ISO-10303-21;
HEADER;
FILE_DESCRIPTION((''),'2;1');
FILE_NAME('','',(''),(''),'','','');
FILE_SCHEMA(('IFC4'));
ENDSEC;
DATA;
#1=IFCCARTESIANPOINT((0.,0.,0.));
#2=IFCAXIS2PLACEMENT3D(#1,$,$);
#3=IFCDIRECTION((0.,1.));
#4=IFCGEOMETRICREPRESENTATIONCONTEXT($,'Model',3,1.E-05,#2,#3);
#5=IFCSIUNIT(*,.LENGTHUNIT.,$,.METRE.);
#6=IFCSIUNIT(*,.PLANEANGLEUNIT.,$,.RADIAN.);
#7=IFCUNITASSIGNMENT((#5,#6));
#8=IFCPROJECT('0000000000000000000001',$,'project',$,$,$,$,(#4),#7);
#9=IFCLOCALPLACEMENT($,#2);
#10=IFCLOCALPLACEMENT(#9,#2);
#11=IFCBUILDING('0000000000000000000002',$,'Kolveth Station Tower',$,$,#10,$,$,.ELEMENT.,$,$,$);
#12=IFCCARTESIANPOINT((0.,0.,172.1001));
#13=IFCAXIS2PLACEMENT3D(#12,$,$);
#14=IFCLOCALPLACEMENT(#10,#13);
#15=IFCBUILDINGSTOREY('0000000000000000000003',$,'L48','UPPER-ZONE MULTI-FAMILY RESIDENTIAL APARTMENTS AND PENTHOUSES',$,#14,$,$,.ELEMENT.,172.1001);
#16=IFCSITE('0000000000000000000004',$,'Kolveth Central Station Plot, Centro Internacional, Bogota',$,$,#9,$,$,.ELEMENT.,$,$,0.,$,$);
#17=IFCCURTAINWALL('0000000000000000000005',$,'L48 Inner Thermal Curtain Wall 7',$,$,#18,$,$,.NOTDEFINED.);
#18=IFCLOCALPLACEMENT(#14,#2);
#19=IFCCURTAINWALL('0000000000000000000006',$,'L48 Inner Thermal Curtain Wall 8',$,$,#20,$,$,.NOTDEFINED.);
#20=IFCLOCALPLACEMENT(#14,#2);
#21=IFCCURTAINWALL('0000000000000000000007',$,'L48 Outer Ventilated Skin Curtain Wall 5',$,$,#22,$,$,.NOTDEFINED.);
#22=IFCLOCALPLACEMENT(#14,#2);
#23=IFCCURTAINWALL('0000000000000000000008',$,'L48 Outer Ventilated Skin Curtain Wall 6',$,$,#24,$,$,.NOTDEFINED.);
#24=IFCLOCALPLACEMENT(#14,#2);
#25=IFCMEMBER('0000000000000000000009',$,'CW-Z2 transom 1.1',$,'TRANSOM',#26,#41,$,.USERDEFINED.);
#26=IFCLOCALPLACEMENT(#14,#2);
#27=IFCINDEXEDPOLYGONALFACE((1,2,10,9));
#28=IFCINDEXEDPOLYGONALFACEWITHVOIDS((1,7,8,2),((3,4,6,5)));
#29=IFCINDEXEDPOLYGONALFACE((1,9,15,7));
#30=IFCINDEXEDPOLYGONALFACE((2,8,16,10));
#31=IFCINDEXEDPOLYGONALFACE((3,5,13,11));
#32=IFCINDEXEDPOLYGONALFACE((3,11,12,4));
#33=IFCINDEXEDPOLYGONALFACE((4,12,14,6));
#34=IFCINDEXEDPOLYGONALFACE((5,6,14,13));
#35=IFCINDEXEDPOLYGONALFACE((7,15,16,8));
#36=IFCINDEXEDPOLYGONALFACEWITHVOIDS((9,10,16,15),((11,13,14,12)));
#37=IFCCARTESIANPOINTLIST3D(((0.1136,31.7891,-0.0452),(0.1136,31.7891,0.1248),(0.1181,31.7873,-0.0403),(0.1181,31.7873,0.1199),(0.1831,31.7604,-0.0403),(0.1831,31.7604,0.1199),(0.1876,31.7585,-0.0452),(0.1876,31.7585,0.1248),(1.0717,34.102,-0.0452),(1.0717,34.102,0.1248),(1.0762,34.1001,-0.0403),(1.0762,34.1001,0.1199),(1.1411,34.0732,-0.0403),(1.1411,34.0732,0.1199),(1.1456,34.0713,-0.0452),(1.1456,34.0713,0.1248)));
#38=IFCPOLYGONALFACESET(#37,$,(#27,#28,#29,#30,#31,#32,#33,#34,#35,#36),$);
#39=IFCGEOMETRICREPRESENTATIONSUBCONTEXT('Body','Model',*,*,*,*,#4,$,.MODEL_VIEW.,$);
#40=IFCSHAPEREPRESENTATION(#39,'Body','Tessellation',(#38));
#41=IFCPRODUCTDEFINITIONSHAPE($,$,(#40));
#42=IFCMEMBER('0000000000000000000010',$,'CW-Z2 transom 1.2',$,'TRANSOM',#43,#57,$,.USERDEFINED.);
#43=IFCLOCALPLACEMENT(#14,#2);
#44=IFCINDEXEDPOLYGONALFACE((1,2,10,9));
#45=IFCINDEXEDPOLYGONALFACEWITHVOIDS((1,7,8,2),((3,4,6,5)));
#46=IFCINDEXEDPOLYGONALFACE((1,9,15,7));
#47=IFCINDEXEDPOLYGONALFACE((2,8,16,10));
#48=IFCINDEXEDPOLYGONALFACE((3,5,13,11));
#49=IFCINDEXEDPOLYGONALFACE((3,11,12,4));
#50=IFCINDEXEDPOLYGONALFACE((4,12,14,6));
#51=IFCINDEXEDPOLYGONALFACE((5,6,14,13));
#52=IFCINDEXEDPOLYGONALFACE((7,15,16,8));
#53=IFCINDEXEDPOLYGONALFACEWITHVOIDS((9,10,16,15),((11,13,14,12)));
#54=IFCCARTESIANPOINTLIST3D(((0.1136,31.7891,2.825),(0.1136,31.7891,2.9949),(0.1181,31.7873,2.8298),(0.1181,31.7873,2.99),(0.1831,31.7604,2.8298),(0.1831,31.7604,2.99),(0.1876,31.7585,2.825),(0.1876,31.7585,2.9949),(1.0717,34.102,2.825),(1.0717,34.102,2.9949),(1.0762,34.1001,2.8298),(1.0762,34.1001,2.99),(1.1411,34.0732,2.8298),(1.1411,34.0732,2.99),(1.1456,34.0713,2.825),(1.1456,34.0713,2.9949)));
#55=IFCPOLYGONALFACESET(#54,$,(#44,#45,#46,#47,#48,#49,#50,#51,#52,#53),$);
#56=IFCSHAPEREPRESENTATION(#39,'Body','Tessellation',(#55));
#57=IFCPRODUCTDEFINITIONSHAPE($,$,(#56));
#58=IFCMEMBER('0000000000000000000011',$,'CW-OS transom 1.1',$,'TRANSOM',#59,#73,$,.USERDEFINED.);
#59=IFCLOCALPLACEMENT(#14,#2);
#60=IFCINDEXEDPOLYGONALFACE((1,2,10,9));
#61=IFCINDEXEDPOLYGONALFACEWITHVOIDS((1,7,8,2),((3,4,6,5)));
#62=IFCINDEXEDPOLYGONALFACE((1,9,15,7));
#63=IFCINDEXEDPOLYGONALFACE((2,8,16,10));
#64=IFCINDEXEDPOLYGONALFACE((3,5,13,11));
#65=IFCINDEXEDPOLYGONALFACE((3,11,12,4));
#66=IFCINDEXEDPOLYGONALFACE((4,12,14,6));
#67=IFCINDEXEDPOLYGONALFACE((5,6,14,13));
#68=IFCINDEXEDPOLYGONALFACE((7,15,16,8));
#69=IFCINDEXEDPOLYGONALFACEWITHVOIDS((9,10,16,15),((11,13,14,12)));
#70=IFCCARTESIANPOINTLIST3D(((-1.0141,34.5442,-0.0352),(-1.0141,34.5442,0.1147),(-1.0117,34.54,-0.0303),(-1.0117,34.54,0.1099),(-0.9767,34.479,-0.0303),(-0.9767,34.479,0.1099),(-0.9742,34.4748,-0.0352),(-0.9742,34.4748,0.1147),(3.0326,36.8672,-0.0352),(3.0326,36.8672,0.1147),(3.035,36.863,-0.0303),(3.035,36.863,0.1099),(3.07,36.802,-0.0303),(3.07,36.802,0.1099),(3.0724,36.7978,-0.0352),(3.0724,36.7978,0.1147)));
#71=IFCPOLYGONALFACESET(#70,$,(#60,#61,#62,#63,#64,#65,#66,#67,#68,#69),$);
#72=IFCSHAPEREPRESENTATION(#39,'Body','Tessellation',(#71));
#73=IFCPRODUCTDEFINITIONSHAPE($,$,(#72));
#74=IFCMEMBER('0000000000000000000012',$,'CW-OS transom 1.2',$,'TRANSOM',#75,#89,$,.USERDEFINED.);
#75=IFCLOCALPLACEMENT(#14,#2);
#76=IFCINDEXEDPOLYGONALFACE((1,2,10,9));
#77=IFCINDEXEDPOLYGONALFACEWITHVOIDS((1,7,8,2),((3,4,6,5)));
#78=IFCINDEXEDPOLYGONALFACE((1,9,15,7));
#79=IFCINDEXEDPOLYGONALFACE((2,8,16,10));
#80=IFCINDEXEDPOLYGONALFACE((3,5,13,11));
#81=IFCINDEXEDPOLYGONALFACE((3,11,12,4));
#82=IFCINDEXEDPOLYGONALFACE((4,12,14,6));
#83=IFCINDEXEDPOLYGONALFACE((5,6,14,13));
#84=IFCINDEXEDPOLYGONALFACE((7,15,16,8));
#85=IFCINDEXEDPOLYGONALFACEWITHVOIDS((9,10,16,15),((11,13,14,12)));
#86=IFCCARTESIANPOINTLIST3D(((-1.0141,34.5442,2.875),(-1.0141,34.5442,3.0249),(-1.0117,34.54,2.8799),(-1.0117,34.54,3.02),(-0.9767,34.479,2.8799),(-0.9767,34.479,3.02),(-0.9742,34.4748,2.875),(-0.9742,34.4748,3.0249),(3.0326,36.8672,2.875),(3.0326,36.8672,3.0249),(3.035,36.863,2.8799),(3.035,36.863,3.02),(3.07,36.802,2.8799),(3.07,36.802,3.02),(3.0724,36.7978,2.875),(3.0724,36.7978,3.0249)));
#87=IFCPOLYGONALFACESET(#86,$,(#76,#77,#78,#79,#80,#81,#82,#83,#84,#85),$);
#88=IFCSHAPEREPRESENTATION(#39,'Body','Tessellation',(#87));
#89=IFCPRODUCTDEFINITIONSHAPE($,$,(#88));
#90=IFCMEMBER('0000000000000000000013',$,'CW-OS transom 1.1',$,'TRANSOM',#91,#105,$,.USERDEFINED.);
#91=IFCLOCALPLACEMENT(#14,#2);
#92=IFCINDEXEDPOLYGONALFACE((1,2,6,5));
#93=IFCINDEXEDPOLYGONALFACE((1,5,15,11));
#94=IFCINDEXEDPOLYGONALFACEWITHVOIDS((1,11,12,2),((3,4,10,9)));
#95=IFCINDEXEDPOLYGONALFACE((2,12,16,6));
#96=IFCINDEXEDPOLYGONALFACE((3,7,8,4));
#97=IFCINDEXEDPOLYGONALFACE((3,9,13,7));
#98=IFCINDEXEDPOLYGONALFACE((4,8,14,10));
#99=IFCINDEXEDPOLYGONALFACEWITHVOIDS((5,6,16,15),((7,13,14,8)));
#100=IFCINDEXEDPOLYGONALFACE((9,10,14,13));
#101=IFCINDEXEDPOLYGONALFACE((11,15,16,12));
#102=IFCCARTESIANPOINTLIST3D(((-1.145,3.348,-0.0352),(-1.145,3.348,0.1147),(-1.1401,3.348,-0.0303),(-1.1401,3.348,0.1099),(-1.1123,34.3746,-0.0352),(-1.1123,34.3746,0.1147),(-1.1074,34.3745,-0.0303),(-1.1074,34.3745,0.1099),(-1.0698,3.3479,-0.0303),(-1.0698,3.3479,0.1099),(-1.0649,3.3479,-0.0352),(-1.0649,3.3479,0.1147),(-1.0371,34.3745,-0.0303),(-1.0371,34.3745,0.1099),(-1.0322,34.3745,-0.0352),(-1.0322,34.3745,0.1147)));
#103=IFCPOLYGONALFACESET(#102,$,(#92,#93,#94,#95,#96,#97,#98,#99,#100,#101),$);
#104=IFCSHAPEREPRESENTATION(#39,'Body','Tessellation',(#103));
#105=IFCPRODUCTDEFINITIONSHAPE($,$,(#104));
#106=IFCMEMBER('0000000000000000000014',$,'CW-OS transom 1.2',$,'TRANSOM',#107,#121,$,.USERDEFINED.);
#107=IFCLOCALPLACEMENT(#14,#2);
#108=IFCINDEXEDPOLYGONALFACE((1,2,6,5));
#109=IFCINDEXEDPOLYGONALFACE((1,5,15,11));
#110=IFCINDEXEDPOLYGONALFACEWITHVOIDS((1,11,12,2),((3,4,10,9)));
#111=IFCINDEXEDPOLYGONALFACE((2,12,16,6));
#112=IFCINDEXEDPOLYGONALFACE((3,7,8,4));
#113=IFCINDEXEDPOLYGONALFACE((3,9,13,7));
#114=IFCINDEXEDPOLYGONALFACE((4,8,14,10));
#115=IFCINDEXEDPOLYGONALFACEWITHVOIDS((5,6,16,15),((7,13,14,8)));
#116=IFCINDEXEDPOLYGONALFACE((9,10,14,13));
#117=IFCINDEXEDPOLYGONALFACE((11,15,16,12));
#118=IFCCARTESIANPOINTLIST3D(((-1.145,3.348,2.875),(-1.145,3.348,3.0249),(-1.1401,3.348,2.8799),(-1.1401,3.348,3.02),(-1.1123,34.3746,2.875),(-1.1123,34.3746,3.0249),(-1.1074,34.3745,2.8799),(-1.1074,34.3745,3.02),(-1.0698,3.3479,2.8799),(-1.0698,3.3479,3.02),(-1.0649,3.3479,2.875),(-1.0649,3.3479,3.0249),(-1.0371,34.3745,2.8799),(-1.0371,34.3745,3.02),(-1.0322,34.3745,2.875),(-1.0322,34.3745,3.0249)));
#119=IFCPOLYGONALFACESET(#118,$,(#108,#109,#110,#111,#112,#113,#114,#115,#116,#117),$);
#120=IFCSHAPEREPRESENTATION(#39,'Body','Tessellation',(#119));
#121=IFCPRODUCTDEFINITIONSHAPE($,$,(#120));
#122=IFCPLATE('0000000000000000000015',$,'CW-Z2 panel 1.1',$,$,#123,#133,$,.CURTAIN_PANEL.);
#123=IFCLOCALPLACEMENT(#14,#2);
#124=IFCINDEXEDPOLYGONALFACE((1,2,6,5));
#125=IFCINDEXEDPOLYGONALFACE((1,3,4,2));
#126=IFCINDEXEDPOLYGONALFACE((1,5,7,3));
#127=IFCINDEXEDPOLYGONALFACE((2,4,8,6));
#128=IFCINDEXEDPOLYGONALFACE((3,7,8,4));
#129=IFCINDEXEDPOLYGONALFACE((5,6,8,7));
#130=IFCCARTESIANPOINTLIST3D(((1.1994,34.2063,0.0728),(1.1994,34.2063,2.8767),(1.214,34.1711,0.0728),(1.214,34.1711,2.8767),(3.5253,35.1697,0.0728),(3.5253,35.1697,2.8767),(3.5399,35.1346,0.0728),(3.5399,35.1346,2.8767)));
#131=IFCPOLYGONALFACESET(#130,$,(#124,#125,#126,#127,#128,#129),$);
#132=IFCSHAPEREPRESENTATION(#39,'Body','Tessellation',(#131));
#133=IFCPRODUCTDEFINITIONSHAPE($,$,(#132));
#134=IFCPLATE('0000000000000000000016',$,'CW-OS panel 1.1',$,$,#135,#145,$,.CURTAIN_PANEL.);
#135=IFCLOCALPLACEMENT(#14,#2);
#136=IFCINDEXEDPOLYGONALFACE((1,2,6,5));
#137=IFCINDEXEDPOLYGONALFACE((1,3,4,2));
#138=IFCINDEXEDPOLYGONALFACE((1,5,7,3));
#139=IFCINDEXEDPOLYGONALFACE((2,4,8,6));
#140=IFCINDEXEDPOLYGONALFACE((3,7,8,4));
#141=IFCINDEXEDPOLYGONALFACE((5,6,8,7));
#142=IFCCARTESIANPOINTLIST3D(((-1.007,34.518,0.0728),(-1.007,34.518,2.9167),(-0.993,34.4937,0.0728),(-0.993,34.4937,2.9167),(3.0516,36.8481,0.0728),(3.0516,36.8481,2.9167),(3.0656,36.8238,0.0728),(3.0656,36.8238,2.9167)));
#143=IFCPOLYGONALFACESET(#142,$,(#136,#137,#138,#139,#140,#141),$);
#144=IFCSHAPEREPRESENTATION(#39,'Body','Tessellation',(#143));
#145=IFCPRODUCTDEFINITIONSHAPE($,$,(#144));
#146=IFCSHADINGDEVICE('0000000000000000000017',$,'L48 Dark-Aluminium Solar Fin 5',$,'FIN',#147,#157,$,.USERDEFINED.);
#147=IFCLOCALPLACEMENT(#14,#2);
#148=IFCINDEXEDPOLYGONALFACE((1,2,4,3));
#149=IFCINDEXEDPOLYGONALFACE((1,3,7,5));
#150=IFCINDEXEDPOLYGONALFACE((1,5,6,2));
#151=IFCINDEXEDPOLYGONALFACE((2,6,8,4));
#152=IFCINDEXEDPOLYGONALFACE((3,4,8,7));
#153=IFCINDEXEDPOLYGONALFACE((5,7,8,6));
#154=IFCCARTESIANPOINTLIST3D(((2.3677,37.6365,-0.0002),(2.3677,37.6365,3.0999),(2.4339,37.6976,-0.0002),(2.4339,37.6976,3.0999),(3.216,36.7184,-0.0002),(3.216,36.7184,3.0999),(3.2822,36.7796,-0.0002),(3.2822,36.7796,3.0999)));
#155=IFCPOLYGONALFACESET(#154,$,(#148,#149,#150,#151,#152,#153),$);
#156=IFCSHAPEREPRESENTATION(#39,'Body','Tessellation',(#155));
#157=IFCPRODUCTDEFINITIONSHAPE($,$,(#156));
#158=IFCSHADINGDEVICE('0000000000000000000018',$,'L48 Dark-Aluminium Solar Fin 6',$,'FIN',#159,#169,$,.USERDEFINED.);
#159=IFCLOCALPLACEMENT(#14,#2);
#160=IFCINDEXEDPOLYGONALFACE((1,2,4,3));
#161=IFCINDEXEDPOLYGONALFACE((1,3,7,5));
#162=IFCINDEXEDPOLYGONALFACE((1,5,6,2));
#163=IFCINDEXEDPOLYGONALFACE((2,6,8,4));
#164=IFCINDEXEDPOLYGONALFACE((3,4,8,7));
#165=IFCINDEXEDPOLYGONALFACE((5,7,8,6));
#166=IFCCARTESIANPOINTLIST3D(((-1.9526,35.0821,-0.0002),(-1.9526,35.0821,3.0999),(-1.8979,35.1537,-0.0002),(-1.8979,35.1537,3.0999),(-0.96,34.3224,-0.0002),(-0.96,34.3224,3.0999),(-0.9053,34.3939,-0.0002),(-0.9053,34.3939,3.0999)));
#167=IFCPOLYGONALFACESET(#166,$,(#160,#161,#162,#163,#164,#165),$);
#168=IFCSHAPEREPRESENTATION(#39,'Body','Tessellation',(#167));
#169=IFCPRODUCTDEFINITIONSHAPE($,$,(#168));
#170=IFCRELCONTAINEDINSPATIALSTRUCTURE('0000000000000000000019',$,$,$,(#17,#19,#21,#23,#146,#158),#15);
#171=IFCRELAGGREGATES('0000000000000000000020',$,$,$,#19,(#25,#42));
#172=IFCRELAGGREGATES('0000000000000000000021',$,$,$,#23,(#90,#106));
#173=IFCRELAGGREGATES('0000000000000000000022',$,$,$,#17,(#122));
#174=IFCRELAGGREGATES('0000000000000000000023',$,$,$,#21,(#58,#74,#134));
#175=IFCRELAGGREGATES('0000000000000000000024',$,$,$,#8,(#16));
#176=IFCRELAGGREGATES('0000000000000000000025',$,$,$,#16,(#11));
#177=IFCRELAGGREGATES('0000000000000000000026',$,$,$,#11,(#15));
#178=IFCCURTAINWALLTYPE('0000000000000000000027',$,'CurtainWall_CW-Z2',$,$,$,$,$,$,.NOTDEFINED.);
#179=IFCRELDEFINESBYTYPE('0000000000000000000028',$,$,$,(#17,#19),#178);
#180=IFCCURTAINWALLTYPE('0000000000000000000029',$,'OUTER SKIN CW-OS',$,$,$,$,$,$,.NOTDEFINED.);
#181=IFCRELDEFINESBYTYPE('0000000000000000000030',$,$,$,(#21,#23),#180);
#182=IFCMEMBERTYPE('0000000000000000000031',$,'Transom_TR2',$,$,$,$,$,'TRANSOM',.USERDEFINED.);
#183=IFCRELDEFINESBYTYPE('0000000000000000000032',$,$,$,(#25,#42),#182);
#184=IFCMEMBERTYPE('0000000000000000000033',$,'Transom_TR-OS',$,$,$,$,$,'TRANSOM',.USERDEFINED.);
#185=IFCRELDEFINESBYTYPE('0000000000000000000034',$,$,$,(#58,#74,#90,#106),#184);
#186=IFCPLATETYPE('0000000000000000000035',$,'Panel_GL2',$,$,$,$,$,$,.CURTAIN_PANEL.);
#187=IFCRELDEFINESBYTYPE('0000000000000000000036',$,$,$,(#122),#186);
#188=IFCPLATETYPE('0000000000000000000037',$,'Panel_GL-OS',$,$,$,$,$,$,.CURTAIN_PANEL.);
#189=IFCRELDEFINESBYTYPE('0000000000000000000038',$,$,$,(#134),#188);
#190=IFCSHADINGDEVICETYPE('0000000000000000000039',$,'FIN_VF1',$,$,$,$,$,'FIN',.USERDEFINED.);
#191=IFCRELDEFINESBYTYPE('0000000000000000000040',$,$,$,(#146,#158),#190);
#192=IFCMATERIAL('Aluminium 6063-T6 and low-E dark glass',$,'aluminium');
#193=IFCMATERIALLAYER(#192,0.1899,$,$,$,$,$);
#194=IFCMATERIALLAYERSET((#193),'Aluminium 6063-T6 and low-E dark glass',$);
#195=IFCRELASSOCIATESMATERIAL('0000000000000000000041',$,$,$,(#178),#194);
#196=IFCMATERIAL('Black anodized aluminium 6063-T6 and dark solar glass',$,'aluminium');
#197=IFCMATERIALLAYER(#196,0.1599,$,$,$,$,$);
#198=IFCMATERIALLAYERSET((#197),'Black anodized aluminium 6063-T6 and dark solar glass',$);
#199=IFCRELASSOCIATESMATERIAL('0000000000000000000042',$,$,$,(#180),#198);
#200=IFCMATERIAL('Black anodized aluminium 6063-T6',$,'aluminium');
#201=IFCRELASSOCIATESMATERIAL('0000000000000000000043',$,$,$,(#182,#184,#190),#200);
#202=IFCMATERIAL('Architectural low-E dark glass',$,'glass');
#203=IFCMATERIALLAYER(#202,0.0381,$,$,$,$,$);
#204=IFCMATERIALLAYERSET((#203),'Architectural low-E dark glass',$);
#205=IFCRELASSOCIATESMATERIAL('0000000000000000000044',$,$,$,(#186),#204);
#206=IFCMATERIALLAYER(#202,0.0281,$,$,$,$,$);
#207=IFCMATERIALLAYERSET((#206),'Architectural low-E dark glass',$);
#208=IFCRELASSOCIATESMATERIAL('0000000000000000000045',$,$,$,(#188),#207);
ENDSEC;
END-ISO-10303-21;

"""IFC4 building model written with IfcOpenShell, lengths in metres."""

from ifc_helpers import new_model, si_unit, direction, frame, origin, origin_2d, place, context, subcontext, project, spatial, rectangle, hollow_rectangle, extrude, source, transform, mapped, material, layer, layer_set, material_profile, profile_set, type_object, element, aggregate, save


model = new_model("IFC4")

# Units and contexts
model_context = context("Model", 3, precision=1e-05, world=origin(), true_north=direction((0.0, 1.0)))
body_context = subcontext(model_context, "Body", "Model", "MODEL_VIEW")
ifc_project = project(units=[si_unit("LENGTHUNIT", "METRE"), si_unit("PLANEANGLEUNIT", "RADIAN")], contexts=[model_context])

# Site, building, storey
site_placement = place(None, origin())
site = spatial("IfcSite", under=ifc_project, at=site_placement, Name="Kolveth Central Station Plot, Centro Internacional, Bogota", CompositionType="ELEMENT", RefElevation=0.0)
building_placement = place(site_placement, origin())
building = spatial("IfcBuilding", under=site, at=building_placement, Name="Kolveth Station Tower", CompositionType="ELEMENT")
storey_placement = place(building_placement, frame((0.0, 0.0, 172.1001)))
storey = spatial("IfcBuildingStorey", under=building, at=storey_placement, Name="L48", Description="UPPER-ZONE MULTI-FAMILY RESIDENTIAL APARTMENTS AND PENTHOUSES", CompositionType="ELEMENT", Elevation=172.1001)

# Shared definitions
ifc_material_1 = material(Name="Aluminium 6063-T6 and low-E dark glass", Category="aluminium")
ifc_layer_1 = layer(ifc_material_1, 0.1899)
ifc_layer_set_1 = layer_set([ifc_layer_1], Name="Aluminium 6063-T6 and low-E dark glass")
curtain_wall_type_1 = type_object("IfcCurtainWallType", Name="CurtainWall_CW-Z2", PredefinedType="NOTDEFINED", material=ifc_layer_set_1)
ifc_material_2 = material(Name="Black anodized aluminium 6063-T6", Category="aluminium")

# Curtain wall
curtain_wall_1_placement = place(storey_placement, origin())
curtain_wall_1 = element("IfcCurtainWall", 1, at=curtain_wall_1_placement, inside=storey, type_object=curtain_wall_type_1, Name="L48 Inner Thermal Curtain Wall 7", PredefinedType="NOTDEFINED")

# Curtain wall
curtain_wall_2_placement = place(storey_placement, origin())
curtain_wall_2 = element("IfcCurtainWall", 2, at=curtain_wall_2_placement, inside=storey, type_object=curtain_wall_type_1, Name="L48 Inner Thermal Curtain Wall 8", PredefinedType="NOTDEFINED")
ifc_material_3 = material(Name="Black anodized aluminium 6063-T6 and dark solar glass", Category="aluminium")
ifc_layer_2 = layer(ifc_material_3, 0.1599)
ifc_layer_set_2 = layer_set([ifc_layer_2], Name="Black anodized aluminium 6063-T6 and dark solar glass")
curtain_wall_type_2 = type_object("IfcCurtainWallType", Name="OUTER SKIN CW-OS", PredefinedType="NOTDEFINED", material=ifc_layer_set_2)

# Curtain wall
curtain_wall_3_placement = place(storey_placement, origin())
curtain_wall_3 = element("IfcCurtainWall", 3, at=curtain_wall_3_placement, inside=storey, type_object=curtain_wall_type_2, Name="L48 Outer Ventilated Skin Curtain Wall 5", PredefinedType="NOTDEFINED")

# Curtain wall
curtain_wall_4_placement = place(storey_placement, origin())
curtain_wall_4 = element("IfcCurtainWall", 4, at=curtain_wall_4_placement, inside=storey, type_object=curtain_wall_type_2, Name="L48 Outer Ventilated Skin Curtain Wall 6", PredefinedType="NOTDEFINED")

# Members
ifc_material_profile_1 = material_profile(ifc_material_2, hollow_rectangle(XDim=0.0801, YDim=0.1699, WallThickness=0.0049, at=origin_2d()), Name="ALU-80x170x5")
ifc_profile_set_1 = profile_set([ifc_material_profile_1], Name="Black anodized aluminium 6063-T6")
member_type_1 = type_object("IfcMemberType", Name="Transom_TR2", ElementType="TRANSOM", PredefinedType="USERDEFINED", material=ifc_profile_set_1)
shared_shape_1 = source(origin(), body_context, "Body", "SweptSolid", [
    extrude(hollow_rectangle(XDim=0.0801, YDim=0.1699, WallThickness=0.0049, at=origin_2d()), origin(), (0.0, 0.0, 1.0), 2.5034),
])
member_1_placement = place(storey_placement, frame((1.1086, 34.0867, 0.0398), z_axis=(-0.382696, -0.923874, 0.0), x_axis=(0.923874, -0.382696, 0.0)))
member_1 = element("IfcMember", 5, at=member_1_placement, type_object=member_type_1, Name="CW-Z2 transom 1.1", ObjectType="TRANSOM", PredefinedType="USERDEFINED", context=body_context, shape_type="MappedRepresentation", body=[
    mapped(shared_shape_1, transform((0.0, 0.0, 0.0), x_axis=(1.0, 0.0, 0.0), y_axis=(0.0, 1.0, 0.0), z_axis=(0.0, 0.0, 1.0), scale=1.0)),
])
member_2_placement = place(storey_placement, frame((1.1086, 34.0867, 2.9099), z_axis=(-0.382696, -0.923874, 0.0), x_axis=(0.923874, -0.382696, 0.0)))
member_2 = element("IfcMember", 6, at=member_2_placement, type_object=member_type_1, Name="CW-Z2 transom 1.2", ObjectType="TRANSOM", PredefinedType="USERDEFINED", context=body_context, shape_type="MappedRepresentation", body=[
    mapped(shared_shape_1, transform((0.0, 0.0, 0.0), x_axis=(1.0, 0.0, 0.0), y_axis=(0.0, 1.0, 0.0), z_axis=(0.0, 0.0, 1.0), scale=1.0)),
])
aggregate(curtain_wall_2, [member_1, member_2])
ifc_material_profile_2 = material_profile(ifc_material_2, hollow_rectangle(XDim=0.0801, YDim=0.1499, WallThickness=0.0049, at=origin_2d()), Name="ALU-80x150x5")
ifc_profile_set_2 = profile_set([ifc_material_profile_2], Name="Black anodized aluminium 6063-T6")
member_type_2 = type_object("IfcMemberType", Name="Transom_TR-OS", ElementType="TRANSOM", PredefinedType="USERDEFINED", material=ifc_profile_set_2)
shared_shape_2 = source(origin(), body_context, "Body", "SweptSolid", [
    extrude(hollow_rectangle(XDim=0.0801, YDim=0.1499, WallThickness=0.0049, at=origin_2d()), origin(), (0.0, 0.0, 1.0), 4.666),
])
member_3_placement = place(storey_placement, frame((3.0525, 36.8325, 0.0398), z_axis=(-0.867259, -0.497857, 0.0), x_axis=(0.497857, -0.867259, 0.0)))
member_3 = element("IfcMember", 7, at=member_3_placement, type_object=member_type_2, Name="CW-OS transom 1.1", ObjectType="TRANSOM", PredefinedType="USERDEFINED", context=body_context, shape_type="MappedRepresentation", body=[
    mapped(shared_shape_2, transform((0.0, 0.0, 0.0), x_axis=(1.0, 0.0, 0.0), y_axis=(0.0, 1.0, 0.0), z_axis=(0.0, 0.0, 1.0), scale=1.0)),
])
member_4_placement = place(storey_placement, frame((3.0525, 36.8325, 2.95), z_axis=(-0.867259, -0.497857, 0.0), x_axis=(0.497857, -0.867259, 0.0)))
member_4 = element("IfcMember", 8, at=member_4_placement, type_object=member_type_2, Name="CW-OS transom 1.2", ObjectType="TRANSOM", PredefinedType="USERDEFINED", context=body_context, shape_type="MappedRepresentation", body=[
    mapped(shared_shape_2, transform((0.0, 0.0, 0.0), x_axis=(1.0, 0.0, 0.0), y_axis=(0.0, 1.0, 0.0), z_axis=(0.0, 0.0, 1.0), scale=1.0)),
])
shared_shape_3 = source(origin(), body_context, "Body", "SweptSolid", [
    extrude(hollow_rectangle(XDim=0.0801, YDim=0.1499, WallThickness=0.0049, at=origin_2d()), origin(), (0.0, 0.0, 1.0), 31.0266),
])
member_5_placement = place(storey_placement, frame((-1.0723, 34.3745, 0.0398), z_axis=(-0.001054, -0.999999, 0.0), x_axis=(0.999999, -0.001054, 0.0)))
member_5 = element("IfcMember", 9, at=member_5_placement, type_object=member_type_2, Name="CW-OS transom 1.1", ObjectType="TRANSOM", PredefinedType="USERDEFINED", context=body_context, shape_type="MappedRepresentation", body=[
    mapped(shared_shape_3, transform((0.0, 0.0, 0.0), x_axis=(1.0, 0.0, 0.0), y_axis=(0.0, 1.0, 0.0), z_axis=(0.0, 0.0, 1.0), scale=1.0)),
])
member_6_placement = place(storey_placement, frame((-1.0723, 34.3745, 2.95), z_axis=(-0.001054, -0.999999, 0.0), x_axis=(0.999999, -0.001054, 0.0)))
member_6 = element("IfcMember", 10, at=member_6_placement, type_object=member_type_2, Name="CW-OS transom 1.2", ObjectType="TRANSOM", PredefinedType="USERDEFINED", context=body_context, shape_type="MappedRepresentation", body=[
    mapped(shared_shape_3, transform((0.0, 0.0, 0.0), x_axis=(1.0, 0.0, 0.0), y_axis=(0.0, 1.0, 0.0), z_axis=(0.0, 0.0, 1.0), scale=1.0)),
])
aggregate(curtain_wall_4, [member_5, member_6])

# Plates
ifc_material_4 = material(Name="Architectural low-E dark glass", Category="glass")
ifc_layer_3 = layer(ifc_material_4, 0.0381)
ifc_layer_set_3 = layer_set([ifc_layer_3], Name="Architectural low-E dark glass")
plate_type_1 = type_object("IfcPlateType", Name="Panel_GL2", PredefinedType="CURTAIN_PANEL", material=ifc_layer_set_3)
shared_shape_4 = source(origin(), body_context, "Body", "SweptSolid", [
    extrude(rectangle(XDim=2.5176, YDim=0.0381, at=origin_2d()), origin(), (0.0, 0.0, 1.0), 2.804),
])
plate_1_placement = place(storey_placement, frame((2.3696, 34.6704, 0.0728), z_axis=(0.0, 0.0, 1.0), x_axis=(-0.923874, -0.382698, 0.0)))
plate_1 = element("IfcPlate", 11, at=plate_1_placement, type_object=plate_type_1, Name="CW-Z2 panel 1.1", PredefinedType="CURTAIN_PANEL", context=body_context, shape_type="MappedRepresentation", body=[
    mapped(shared_shape_4, transform((0.0, 0.0, 0.0), x_axis=(1.0, 0.0, 0.0), y_axis=(0.0, 1.0, 0.0), z_axis=(0.0, 0.0, 1.0), scale=1.0)),
])
aggregate(curtain_wall_1, [plate_1])
ifc_layer_4 = layer(ifc_material_4, 0.0281)
ifc_layer_set_4 = layer_set([ifc_layer_4], Name="Architectural low-E dark glass")
plate_type_2 = type_object("IfcPlateType", Name="Panel_GL-OS", PredefinedType="CURTAIN_PANEL", material=ifc_layer_set_4)
shared_shape_5 = source(origin(), body_context, "Body", "SweptSolid", [
    extrude(rectangle(XDim=4.6799, YDim=0.0281, at=origin_2d()), origin(), (0.0, 0.0, 1.0), 2.844),
])
plate_2_placement = place(storey_placement, frame((1.0293, 35.6709, 0.0728), z_axis=(0.0, 0.0, 1.0), x_axis=(-0.867245, -0.497882, 0.0)))
plate_2 = element("IfcPlate", 12, at=plate_2_placement, type_object=plate_type_2, Name="CW-OS panel 1.1", PredefinedType="CURTAIN_PANEL", context=body_context, shape_type="MappedRepresentation", body=[
    mapped(shared_shape_5, transform((0.0, 0.0, 0.0), x_axis=(1.0, 0.0, 0.0), y_axis=(0.0, 1.0, 0.0), z_axis=(0.0, 0.0, 1.0), scale=1.0)),
])
aggregate(curtain_wall_3, [member_3, member_4, plate_2])

# Shading devices
shading_device_type = type_object("IfcShadingDeviceType", Name="FIN_VF1", ElementType="FIN", PredefinedType="USERDEFINED", material=ifc_material_2)
shared_shape_6 = source(origin(), body_context, "Body", "SweptSolid", [
    extrude(rectangle(XDim=1.25, YDim=0.0901, at=origin_2d()), origin(), (0.0, 0.0, 1.0), 3.1001),
])
for number, where, z_axis, x_axis, name in (
    (13, (2.825, 37.208, -0.0002), (0.0, 0.0, 1.0), (-0.678673, 0.734441, 0.0), "L48 Dark-Aluminium Solar Fin 5"),
    (14, (-1.429, 34.738, -0.0002), (0.0, 0.0, 1.0), (-0.794096, 0.607792, 0.0), "L48 Dark-Aluminium Solar Fin 6"),
):
    element("IfcShadingDevice", number, at=place(storey_placement, frame(where, z_axis=z_axis, x_axis=x_axis)), inside=storey, type_object=shading_device_type, Name=name, ObjectType="FIN", PredefinedType="USERDEFINED", context=body_context, shape_type="MappedRepresentation", body=[
        mapped(shared_shape_6, transform((0.0, 0.0, 0.0), x_axis=(1.0, 0.0, 0.0), y_axis=(0.0, 1.0, 0.0), z_axis=(0.0, 0.0, 1.0), scale=1.0)),
    ])

save(model, "model.ifc")
